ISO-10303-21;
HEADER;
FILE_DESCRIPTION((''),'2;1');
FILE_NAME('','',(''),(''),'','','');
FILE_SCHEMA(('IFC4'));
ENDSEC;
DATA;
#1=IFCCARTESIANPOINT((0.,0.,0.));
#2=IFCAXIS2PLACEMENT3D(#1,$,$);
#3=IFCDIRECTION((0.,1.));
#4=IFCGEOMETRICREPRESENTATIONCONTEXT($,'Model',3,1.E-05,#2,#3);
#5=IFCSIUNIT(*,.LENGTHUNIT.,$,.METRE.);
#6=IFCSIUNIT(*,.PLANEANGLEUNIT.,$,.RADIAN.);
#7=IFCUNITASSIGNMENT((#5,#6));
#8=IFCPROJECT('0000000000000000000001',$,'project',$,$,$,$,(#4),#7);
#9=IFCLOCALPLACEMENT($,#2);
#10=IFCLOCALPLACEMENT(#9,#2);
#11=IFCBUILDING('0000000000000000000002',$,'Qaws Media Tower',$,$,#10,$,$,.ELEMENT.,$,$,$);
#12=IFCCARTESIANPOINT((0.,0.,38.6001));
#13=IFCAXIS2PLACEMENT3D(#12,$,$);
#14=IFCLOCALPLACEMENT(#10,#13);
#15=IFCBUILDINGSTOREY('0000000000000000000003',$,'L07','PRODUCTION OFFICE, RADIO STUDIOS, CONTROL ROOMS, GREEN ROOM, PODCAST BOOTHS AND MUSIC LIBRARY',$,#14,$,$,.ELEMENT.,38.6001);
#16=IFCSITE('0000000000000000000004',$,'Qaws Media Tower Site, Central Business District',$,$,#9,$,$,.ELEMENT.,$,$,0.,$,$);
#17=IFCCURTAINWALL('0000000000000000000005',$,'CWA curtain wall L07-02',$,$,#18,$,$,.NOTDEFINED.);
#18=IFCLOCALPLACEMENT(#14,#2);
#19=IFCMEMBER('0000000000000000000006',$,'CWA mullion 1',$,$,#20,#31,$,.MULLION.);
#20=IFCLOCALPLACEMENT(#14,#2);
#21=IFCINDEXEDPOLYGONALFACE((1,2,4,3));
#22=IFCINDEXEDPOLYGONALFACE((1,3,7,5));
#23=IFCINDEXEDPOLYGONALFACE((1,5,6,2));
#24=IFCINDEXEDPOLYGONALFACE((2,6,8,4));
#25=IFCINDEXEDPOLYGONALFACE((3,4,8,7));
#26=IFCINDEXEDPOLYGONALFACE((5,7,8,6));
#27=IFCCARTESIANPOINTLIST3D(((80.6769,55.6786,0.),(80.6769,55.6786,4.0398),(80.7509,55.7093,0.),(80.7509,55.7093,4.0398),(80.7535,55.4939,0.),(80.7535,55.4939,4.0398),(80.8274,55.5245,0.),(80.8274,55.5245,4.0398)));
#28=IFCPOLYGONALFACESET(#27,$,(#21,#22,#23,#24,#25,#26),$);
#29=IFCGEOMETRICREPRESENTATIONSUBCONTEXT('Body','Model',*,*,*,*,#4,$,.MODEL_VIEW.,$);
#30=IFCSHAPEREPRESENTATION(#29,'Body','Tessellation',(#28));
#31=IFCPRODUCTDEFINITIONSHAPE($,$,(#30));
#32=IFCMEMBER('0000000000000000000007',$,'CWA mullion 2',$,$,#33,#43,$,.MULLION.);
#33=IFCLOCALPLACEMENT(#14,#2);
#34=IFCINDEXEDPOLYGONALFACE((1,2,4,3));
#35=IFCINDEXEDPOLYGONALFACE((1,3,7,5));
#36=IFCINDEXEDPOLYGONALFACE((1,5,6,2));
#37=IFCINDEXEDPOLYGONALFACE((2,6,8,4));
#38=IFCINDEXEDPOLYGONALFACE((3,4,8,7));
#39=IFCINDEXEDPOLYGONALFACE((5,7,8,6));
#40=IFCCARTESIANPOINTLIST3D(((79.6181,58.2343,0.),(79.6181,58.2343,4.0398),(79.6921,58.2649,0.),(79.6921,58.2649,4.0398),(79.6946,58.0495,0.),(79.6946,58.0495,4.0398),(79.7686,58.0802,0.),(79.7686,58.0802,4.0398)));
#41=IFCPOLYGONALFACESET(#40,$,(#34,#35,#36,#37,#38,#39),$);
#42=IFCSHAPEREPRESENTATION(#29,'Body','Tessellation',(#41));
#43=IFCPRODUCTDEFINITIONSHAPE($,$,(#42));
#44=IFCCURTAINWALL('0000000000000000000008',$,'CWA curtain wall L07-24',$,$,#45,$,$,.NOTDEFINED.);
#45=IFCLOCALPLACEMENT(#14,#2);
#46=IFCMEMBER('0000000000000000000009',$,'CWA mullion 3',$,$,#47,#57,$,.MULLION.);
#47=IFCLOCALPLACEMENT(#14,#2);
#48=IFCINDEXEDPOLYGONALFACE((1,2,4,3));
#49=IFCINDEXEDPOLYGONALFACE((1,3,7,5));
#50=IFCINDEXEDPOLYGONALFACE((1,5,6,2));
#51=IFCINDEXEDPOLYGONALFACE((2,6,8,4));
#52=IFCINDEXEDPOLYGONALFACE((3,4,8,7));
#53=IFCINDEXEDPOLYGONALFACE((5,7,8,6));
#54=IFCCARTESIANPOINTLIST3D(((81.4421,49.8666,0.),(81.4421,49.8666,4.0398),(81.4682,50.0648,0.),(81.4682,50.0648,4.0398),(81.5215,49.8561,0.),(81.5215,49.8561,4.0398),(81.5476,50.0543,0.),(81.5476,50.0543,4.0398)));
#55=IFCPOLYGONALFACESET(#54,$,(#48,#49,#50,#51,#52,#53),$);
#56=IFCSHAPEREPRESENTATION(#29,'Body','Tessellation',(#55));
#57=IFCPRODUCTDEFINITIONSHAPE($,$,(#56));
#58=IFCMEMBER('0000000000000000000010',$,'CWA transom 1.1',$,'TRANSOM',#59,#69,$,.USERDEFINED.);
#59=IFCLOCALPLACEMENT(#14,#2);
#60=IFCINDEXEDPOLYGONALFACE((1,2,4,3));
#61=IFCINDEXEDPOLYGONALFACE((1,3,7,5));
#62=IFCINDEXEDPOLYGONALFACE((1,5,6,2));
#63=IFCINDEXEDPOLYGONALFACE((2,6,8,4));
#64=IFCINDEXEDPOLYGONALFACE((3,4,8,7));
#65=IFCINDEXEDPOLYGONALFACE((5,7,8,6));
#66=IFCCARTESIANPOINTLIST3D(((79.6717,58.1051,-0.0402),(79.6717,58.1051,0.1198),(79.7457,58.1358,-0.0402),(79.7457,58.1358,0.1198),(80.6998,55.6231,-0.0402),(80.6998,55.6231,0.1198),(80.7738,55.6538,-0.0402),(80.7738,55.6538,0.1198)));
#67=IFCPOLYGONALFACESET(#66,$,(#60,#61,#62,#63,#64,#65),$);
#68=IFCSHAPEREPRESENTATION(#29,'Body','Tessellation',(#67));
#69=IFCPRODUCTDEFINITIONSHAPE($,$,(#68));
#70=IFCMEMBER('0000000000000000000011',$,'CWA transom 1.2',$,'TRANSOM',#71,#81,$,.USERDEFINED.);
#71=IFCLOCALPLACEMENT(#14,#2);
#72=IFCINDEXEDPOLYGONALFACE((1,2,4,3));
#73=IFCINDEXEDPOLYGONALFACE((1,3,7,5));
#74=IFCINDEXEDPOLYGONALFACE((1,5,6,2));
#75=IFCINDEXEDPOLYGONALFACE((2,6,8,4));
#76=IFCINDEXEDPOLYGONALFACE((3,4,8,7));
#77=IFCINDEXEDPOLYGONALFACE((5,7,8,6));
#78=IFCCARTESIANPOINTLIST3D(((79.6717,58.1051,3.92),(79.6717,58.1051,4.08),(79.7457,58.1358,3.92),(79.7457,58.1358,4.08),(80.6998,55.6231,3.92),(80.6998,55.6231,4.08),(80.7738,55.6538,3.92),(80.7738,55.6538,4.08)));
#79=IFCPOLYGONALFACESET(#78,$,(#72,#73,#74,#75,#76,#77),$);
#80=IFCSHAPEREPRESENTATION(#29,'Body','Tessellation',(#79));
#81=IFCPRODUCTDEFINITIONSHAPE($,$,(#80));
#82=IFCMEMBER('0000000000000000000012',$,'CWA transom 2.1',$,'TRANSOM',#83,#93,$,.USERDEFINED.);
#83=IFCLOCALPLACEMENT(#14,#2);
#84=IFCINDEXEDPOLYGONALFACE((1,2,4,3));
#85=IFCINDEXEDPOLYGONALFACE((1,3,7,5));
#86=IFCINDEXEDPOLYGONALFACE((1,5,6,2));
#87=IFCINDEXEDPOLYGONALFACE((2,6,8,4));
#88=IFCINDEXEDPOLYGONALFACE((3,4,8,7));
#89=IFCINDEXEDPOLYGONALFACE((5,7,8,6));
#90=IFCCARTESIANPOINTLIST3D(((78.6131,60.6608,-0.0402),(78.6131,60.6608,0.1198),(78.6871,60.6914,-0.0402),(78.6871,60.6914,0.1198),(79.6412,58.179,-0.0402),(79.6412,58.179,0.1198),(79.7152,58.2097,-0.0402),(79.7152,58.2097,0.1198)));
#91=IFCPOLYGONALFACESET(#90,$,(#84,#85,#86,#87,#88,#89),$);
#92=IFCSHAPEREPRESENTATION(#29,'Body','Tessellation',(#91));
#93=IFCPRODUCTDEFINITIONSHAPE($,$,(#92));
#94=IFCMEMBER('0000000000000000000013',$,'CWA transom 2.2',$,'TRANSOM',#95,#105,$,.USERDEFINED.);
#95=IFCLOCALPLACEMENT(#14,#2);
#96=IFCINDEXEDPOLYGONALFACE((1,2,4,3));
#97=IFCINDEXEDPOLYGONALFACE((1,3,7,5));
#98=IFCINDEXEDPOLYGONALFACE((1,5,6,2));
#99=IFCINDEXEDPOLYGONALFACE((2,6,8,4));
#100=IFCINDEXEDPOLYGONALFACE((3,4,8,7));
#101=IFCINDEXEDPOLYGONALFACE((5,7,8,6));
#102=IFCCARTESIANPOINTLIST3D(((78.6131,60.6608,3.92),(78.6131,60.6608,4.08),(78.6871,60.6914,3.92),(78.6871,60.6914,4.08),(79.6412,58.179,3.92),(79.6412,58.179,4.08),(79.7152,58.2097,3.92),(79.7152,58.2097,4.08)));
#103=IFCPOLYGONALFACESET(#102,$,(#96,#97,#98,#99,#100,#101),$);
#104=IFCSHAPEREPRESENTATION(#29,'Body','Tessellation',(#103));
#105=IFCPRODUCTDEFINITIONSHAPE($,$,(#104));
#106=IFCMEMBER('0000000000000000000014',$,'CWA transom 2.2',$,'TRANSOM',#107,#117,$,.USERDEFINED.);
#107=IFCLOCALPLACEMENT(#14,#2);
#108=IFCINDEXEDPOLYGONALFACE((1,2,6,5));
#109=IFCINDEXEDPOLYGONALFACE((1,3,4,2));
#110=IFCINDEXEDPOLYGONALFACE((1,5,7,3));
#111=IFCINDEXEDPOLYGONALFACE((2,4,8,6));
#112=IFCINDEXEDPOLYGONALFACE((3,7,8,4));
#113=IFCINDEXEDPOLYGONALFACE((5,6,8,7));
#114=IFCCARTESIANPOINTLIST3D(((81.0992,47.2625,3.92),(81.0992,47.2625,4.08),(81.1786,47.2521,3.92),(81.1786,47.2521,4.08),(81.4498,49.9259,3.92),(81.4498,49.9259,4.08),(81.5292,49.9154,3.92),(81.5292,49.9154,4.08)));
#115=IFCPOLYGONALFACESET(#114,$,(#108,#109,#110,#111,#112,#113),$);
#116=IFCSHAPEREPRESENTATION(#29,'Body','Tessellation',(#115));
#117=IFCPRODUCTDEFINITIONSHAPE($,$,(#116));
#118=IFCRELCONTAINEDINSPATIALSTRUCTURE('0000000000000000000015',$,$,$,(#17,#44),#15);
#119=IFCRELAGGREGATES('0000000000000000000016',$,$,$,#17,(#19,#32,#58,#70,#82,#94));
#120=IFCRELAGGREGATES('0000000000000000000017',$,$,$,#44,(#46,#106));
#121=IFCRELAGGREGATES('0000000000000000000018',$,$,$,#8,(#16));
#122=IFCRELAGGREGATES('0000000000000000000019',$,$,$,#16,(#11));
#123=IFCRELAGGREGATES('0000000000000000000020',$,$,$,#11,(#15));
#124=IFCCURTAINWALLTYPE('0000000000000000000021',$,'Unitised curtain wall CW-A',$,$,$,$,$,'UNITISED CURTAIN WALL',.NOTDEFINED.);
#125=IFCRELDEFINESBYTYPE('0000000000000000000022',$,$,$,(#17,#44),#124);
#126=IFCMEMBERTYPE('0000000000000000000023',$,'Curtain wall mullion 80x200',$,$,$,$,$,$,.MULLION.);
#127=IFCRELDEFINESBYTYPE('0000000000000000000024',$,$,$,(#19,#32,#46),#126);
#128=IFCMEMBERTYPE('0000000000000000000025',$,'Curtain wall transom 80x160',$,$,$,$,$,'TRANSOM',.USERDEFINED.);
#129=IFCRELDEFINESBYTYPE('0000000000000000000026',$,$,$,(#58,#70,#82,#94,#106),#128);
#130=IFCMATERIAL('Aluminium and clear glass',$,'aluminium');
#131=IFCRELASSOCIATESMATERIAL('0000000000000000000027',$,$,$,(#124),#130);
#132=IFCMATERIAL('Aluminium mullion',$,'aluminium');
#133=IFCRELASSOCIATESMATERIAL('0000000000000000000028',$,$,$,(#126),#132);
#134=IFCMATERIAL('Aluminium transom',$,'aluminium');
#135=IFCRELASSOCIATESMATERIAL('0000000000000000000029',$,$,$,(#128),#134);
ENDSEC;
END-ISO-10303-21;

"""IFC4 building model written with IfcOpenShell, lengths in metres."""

from ifc_helpers import new_model, si_unit, direction, frame, origin, origin_2d, place, context, subcontext, project, spatial, rectangle, extrude, material, material_profile, profile_set, type_object, element, aggregate, save


model = new_model("IFC4")

# Units and contexts
model_context = context("Model", 3, precision=1e-05, world=origin(), true_north=direction((0.0, 1.0)))
body_context = subcontext(model_context, "Body", "Model", "MODEL_VIEW")
ifc_project = project(units=[si_unit("LENGTHUNIT", "METRE"), si_unit("PLANEANGLEUNIT", "RADIAN")], contexts=[model_context])

# Site, building, storey
site_placement = place(None, origin())
site = spatial("IfcSite", under=ifc_project, at=site_placement, Name="Qaws Media Tower Site, Central Business District", CompositionType="ELEMENT", RefElevation=0.0)
building_placement = place(site_placement, origin())
building = spatial("IfcBuilding", under=site, at=building_placement, Name="Qaws Media Tower", CompositionType="ELEMENT")
storey_placement = place(building_placement, frame((0.0, 0.0, 38.6001)))
storey = spatial("IfcBuildingStorey", under=building, at=storey_placement, Name="L07", Description="PRODUCTION OFFICE, RADIO STUDIOS, CONTROL ROOMS, GREEN ROOM, PODCAST BOOTHS AND MUSIC LIBRARY", CompositionType="ELEMENT", Elevation=38.6001)

# Curtain wall, members
ifc_material_1 = material(Name="Aluminium and clear glass", Category="aluminium")
curtain_wall_type = type_object("IfcCurtainWallType", Name="Unitised curtain wall CW-A", ElementType="UNITISED CURTAIN WALL", PredefinedType="NOTDEFINED", material=ifc_material_1)
curtain_wall_1_placement = place(storey_placement, origin())
curtain_wall_1 = element("IfcCurtainWall", 1, at=curtain_wall_1_placement, inside=storey, type_object=curtain_wall_type, Name="CWA curtain wall L07-02", PredefinedType="NOTDEFINED")
ifc_material_2 = material(Name="Aluminium mullion", Category="aluminium")
ifc_material_profile_1 = material_profile(ifc_material_2, rectangle(XDim=0.0801, YDim=0.2, at=origin_2d()), Name="80x200")
ifc_profile_set_1 = profile_set([ifc_material_profile_1], Name="Aluminium mullion")
member_type_1 = type_object("IfcMemberType", Name="Curtain wall mullion 80x200", PredefinedType="MULLION", material=ifc_profile_set_1)
member_1_placement = place(storey_placement, frame((80.7522, 55.6016, 0.0), z_axis=(0.0, 0.0, 1.0), x_axis=(-0.92388, -0.382683, 0.0)))
member_1 = element("IfcMember", 2, at=member_1_placement, type_object=member_type_1, Name="CWA mullion 1", PredefinedType="MULLION", context=body_context, shape_type="SweptSolid", body=[
    extrude(rectangle(XDim=0.0801, YDim=0.2, at=origin_2d()), origin(), (0.0, 0.0, 1.0), 4.0398),
])
member_2_placement = place(storey_placement, frame((79.6934, 58.1572, 0.0), z_axis=(0.0, 0.0, 1.0), x_axis=(-0.92388, -0.382683, 0.0)))
member_2 = element("IfcMember", 3, at=member_2_placement, type_object=member_type_1, Name="CWA mullion 2", PredefinedType="MULLION", context=body_context, shape_type="SweptSolid", body=[
    extrude(rectangle(XDim=0.0801, YDim=0.2, at=origin_2d()), origin(), (0.0, 0.0, 1.0), 4.0398),
])

# Curtain wall, member
curtain_wall_2_placement = place(storey_placement, origin())
curtain_wall_2 = element("IfcCurtainWall", 4, at=curtain_wall_2_placement, inside=storey, type_object=curtain_wall_type, Name="CWA curtain wall L07-24", PredefinedType="NOTDEFINED")
member_3_placement = place(storey_placement, frame((81.4949, 49.9604, 0.0), z_axis=(0.0, 0.0, 1.0), x_axis=(-0.991445, 0.130526, 0.0)))
member_3 = element("IfcMember", 5, at=member_3_placement, type_object=member_type_1, Name="CWA mullion 3", PredefinedType="MULLION", context=body_context, shape_type="SweptSolid", body=[
    extrude(rectangle(XDim=0.0801, YDim=0.2, at=origin_2d()), origin(), (0.0, 0.0, 1.0), 4.0398),
])

# Members
ifc_material_3 = material(Name="Aluminium transom", Category="aluminium")
ifc_material_profile_2 = material_profile(ifc_material_3, rectangle(XDim=0.0801, YDim=0.1599, at=origin_2d()), Name="80x160")
ifc_profile_set_2 = profile_set([ifc_material_profile_2], Name="Aluminium transom")
member_type_2 = type_object("IfcMemberType", Name="Curtain wall transom 80x160", ElementType="TRANSOM", PredefinedType="USERDEFINED", material=ifc_profile_set_2)
member_4_placement = place(storey_placement, frame((80.7368, 55.6384, 0.0398), z_axis=(-0.382692, 0.923876, 0.0), x_axis=(-0.923876, -0.382692, 0.0)))
member_4 = element("IfcMember", 6, at=member_4_placement, type_object=member_type_2, Name="CWA transom 1.1", ObjectType="TRANSOM", PredefinedType="USERDEFINED", context=body_context, shape_type="SweptSolid", body=[
    extrude(rectangle(XDim=0.0801, YDim=0.1599, at=origin_2d()), origin(), (0.0, 0.0, 1.0), 2.6865),
])
member_5_placement = place(storey_placement, frame((80.7368, 55.6384, 4.0), z_axis=(-0.382692, 0.923876, 0.0), x_axis=(-0.923876, -0.382692, 0.0)))
member_5 = element("IfcMember", 7, at=member_5_placement, type_object=member_type_2, Name="CWA transom 1.2", ObjectType="TRANSOM", PredefinedType="USERDEFINED", context=body_context, shape_type="SweptSolid", body=[
    extrude(rectangle(XDim=0.0801, YDim=0.1599, at=origin_2d()), origin(), (0.0, 0.0, 1.0), 2.6865),
])
member_6_placement = place(storey_placement, frame((79.6782, 58.1943, 0.0398), z_axis=(-0.382724, 0.923863, 0.0), x_axis=(-0.923863, -0.382724, 0.0)))
member_6 = element("IfcMember", 8, at=member_6_placement, type_object=member_type_2, Name="CWA transom 2.1", ObjectType="TRANSOM", PredefinedType="USERDEFINED", context=body_context, shape_type="SweptSolid", body=[
    extrude(rectangle(XDim=0.0801, YDim=0.1599, at=origin_2d()), origin(), (0.0, 0.0, 1.0), 2.6863),
])
member_7_placement = place(storey_placement, frame((79.6782, 58.1943, 4.0), z_axis=(-0.382724, 0.923863, 0.0), x_axis=(-0.923863, -0.382724, 0.0)))
member_7 = element("IfcMember", 9, at=member_7_placement, type_object=member_type_2, Name="CWA transom 2.2", ObjectType="TRANSOM", PredefinedType="USERDEFINED", context=body_context, shape_type="SweptSolid", body=[
    extrude(rectangle(XDim=0.0801, YDim=0.1599, at=origin_2d()), origin(), (0.0, 0.0, 1.0), 2.6863),
])
member_8_placement = place(storey_placement, frame((81.1389, 47.2573, 4.0), z_axis=(0.130509, 0.991447, 0.0), x_axis=(-0.991447, 0.130509, 0.0)))
member_8 = element("IfcMember", 10, at=member_8_placement, type_object=member_type_2, Name="CWA transom 2.2", ObjectType="TRANSOM", PredefinedType="USERDEFINED", context=body_context, shape_type="SweptSolid", body=[
    extrude(rectangle(XDim=0.0801, YDim=0.1599, at=origin_2d()), origin(), (0.0, 0.0, 1.0), 2.6863),
])

aggregate(curtain_wall_1, [member_1, member_2, member_4, member_5, member_6, member_7])
aggregate(curtain_wall_2, [member_3, member_8])

save(model, "model.ifc")
